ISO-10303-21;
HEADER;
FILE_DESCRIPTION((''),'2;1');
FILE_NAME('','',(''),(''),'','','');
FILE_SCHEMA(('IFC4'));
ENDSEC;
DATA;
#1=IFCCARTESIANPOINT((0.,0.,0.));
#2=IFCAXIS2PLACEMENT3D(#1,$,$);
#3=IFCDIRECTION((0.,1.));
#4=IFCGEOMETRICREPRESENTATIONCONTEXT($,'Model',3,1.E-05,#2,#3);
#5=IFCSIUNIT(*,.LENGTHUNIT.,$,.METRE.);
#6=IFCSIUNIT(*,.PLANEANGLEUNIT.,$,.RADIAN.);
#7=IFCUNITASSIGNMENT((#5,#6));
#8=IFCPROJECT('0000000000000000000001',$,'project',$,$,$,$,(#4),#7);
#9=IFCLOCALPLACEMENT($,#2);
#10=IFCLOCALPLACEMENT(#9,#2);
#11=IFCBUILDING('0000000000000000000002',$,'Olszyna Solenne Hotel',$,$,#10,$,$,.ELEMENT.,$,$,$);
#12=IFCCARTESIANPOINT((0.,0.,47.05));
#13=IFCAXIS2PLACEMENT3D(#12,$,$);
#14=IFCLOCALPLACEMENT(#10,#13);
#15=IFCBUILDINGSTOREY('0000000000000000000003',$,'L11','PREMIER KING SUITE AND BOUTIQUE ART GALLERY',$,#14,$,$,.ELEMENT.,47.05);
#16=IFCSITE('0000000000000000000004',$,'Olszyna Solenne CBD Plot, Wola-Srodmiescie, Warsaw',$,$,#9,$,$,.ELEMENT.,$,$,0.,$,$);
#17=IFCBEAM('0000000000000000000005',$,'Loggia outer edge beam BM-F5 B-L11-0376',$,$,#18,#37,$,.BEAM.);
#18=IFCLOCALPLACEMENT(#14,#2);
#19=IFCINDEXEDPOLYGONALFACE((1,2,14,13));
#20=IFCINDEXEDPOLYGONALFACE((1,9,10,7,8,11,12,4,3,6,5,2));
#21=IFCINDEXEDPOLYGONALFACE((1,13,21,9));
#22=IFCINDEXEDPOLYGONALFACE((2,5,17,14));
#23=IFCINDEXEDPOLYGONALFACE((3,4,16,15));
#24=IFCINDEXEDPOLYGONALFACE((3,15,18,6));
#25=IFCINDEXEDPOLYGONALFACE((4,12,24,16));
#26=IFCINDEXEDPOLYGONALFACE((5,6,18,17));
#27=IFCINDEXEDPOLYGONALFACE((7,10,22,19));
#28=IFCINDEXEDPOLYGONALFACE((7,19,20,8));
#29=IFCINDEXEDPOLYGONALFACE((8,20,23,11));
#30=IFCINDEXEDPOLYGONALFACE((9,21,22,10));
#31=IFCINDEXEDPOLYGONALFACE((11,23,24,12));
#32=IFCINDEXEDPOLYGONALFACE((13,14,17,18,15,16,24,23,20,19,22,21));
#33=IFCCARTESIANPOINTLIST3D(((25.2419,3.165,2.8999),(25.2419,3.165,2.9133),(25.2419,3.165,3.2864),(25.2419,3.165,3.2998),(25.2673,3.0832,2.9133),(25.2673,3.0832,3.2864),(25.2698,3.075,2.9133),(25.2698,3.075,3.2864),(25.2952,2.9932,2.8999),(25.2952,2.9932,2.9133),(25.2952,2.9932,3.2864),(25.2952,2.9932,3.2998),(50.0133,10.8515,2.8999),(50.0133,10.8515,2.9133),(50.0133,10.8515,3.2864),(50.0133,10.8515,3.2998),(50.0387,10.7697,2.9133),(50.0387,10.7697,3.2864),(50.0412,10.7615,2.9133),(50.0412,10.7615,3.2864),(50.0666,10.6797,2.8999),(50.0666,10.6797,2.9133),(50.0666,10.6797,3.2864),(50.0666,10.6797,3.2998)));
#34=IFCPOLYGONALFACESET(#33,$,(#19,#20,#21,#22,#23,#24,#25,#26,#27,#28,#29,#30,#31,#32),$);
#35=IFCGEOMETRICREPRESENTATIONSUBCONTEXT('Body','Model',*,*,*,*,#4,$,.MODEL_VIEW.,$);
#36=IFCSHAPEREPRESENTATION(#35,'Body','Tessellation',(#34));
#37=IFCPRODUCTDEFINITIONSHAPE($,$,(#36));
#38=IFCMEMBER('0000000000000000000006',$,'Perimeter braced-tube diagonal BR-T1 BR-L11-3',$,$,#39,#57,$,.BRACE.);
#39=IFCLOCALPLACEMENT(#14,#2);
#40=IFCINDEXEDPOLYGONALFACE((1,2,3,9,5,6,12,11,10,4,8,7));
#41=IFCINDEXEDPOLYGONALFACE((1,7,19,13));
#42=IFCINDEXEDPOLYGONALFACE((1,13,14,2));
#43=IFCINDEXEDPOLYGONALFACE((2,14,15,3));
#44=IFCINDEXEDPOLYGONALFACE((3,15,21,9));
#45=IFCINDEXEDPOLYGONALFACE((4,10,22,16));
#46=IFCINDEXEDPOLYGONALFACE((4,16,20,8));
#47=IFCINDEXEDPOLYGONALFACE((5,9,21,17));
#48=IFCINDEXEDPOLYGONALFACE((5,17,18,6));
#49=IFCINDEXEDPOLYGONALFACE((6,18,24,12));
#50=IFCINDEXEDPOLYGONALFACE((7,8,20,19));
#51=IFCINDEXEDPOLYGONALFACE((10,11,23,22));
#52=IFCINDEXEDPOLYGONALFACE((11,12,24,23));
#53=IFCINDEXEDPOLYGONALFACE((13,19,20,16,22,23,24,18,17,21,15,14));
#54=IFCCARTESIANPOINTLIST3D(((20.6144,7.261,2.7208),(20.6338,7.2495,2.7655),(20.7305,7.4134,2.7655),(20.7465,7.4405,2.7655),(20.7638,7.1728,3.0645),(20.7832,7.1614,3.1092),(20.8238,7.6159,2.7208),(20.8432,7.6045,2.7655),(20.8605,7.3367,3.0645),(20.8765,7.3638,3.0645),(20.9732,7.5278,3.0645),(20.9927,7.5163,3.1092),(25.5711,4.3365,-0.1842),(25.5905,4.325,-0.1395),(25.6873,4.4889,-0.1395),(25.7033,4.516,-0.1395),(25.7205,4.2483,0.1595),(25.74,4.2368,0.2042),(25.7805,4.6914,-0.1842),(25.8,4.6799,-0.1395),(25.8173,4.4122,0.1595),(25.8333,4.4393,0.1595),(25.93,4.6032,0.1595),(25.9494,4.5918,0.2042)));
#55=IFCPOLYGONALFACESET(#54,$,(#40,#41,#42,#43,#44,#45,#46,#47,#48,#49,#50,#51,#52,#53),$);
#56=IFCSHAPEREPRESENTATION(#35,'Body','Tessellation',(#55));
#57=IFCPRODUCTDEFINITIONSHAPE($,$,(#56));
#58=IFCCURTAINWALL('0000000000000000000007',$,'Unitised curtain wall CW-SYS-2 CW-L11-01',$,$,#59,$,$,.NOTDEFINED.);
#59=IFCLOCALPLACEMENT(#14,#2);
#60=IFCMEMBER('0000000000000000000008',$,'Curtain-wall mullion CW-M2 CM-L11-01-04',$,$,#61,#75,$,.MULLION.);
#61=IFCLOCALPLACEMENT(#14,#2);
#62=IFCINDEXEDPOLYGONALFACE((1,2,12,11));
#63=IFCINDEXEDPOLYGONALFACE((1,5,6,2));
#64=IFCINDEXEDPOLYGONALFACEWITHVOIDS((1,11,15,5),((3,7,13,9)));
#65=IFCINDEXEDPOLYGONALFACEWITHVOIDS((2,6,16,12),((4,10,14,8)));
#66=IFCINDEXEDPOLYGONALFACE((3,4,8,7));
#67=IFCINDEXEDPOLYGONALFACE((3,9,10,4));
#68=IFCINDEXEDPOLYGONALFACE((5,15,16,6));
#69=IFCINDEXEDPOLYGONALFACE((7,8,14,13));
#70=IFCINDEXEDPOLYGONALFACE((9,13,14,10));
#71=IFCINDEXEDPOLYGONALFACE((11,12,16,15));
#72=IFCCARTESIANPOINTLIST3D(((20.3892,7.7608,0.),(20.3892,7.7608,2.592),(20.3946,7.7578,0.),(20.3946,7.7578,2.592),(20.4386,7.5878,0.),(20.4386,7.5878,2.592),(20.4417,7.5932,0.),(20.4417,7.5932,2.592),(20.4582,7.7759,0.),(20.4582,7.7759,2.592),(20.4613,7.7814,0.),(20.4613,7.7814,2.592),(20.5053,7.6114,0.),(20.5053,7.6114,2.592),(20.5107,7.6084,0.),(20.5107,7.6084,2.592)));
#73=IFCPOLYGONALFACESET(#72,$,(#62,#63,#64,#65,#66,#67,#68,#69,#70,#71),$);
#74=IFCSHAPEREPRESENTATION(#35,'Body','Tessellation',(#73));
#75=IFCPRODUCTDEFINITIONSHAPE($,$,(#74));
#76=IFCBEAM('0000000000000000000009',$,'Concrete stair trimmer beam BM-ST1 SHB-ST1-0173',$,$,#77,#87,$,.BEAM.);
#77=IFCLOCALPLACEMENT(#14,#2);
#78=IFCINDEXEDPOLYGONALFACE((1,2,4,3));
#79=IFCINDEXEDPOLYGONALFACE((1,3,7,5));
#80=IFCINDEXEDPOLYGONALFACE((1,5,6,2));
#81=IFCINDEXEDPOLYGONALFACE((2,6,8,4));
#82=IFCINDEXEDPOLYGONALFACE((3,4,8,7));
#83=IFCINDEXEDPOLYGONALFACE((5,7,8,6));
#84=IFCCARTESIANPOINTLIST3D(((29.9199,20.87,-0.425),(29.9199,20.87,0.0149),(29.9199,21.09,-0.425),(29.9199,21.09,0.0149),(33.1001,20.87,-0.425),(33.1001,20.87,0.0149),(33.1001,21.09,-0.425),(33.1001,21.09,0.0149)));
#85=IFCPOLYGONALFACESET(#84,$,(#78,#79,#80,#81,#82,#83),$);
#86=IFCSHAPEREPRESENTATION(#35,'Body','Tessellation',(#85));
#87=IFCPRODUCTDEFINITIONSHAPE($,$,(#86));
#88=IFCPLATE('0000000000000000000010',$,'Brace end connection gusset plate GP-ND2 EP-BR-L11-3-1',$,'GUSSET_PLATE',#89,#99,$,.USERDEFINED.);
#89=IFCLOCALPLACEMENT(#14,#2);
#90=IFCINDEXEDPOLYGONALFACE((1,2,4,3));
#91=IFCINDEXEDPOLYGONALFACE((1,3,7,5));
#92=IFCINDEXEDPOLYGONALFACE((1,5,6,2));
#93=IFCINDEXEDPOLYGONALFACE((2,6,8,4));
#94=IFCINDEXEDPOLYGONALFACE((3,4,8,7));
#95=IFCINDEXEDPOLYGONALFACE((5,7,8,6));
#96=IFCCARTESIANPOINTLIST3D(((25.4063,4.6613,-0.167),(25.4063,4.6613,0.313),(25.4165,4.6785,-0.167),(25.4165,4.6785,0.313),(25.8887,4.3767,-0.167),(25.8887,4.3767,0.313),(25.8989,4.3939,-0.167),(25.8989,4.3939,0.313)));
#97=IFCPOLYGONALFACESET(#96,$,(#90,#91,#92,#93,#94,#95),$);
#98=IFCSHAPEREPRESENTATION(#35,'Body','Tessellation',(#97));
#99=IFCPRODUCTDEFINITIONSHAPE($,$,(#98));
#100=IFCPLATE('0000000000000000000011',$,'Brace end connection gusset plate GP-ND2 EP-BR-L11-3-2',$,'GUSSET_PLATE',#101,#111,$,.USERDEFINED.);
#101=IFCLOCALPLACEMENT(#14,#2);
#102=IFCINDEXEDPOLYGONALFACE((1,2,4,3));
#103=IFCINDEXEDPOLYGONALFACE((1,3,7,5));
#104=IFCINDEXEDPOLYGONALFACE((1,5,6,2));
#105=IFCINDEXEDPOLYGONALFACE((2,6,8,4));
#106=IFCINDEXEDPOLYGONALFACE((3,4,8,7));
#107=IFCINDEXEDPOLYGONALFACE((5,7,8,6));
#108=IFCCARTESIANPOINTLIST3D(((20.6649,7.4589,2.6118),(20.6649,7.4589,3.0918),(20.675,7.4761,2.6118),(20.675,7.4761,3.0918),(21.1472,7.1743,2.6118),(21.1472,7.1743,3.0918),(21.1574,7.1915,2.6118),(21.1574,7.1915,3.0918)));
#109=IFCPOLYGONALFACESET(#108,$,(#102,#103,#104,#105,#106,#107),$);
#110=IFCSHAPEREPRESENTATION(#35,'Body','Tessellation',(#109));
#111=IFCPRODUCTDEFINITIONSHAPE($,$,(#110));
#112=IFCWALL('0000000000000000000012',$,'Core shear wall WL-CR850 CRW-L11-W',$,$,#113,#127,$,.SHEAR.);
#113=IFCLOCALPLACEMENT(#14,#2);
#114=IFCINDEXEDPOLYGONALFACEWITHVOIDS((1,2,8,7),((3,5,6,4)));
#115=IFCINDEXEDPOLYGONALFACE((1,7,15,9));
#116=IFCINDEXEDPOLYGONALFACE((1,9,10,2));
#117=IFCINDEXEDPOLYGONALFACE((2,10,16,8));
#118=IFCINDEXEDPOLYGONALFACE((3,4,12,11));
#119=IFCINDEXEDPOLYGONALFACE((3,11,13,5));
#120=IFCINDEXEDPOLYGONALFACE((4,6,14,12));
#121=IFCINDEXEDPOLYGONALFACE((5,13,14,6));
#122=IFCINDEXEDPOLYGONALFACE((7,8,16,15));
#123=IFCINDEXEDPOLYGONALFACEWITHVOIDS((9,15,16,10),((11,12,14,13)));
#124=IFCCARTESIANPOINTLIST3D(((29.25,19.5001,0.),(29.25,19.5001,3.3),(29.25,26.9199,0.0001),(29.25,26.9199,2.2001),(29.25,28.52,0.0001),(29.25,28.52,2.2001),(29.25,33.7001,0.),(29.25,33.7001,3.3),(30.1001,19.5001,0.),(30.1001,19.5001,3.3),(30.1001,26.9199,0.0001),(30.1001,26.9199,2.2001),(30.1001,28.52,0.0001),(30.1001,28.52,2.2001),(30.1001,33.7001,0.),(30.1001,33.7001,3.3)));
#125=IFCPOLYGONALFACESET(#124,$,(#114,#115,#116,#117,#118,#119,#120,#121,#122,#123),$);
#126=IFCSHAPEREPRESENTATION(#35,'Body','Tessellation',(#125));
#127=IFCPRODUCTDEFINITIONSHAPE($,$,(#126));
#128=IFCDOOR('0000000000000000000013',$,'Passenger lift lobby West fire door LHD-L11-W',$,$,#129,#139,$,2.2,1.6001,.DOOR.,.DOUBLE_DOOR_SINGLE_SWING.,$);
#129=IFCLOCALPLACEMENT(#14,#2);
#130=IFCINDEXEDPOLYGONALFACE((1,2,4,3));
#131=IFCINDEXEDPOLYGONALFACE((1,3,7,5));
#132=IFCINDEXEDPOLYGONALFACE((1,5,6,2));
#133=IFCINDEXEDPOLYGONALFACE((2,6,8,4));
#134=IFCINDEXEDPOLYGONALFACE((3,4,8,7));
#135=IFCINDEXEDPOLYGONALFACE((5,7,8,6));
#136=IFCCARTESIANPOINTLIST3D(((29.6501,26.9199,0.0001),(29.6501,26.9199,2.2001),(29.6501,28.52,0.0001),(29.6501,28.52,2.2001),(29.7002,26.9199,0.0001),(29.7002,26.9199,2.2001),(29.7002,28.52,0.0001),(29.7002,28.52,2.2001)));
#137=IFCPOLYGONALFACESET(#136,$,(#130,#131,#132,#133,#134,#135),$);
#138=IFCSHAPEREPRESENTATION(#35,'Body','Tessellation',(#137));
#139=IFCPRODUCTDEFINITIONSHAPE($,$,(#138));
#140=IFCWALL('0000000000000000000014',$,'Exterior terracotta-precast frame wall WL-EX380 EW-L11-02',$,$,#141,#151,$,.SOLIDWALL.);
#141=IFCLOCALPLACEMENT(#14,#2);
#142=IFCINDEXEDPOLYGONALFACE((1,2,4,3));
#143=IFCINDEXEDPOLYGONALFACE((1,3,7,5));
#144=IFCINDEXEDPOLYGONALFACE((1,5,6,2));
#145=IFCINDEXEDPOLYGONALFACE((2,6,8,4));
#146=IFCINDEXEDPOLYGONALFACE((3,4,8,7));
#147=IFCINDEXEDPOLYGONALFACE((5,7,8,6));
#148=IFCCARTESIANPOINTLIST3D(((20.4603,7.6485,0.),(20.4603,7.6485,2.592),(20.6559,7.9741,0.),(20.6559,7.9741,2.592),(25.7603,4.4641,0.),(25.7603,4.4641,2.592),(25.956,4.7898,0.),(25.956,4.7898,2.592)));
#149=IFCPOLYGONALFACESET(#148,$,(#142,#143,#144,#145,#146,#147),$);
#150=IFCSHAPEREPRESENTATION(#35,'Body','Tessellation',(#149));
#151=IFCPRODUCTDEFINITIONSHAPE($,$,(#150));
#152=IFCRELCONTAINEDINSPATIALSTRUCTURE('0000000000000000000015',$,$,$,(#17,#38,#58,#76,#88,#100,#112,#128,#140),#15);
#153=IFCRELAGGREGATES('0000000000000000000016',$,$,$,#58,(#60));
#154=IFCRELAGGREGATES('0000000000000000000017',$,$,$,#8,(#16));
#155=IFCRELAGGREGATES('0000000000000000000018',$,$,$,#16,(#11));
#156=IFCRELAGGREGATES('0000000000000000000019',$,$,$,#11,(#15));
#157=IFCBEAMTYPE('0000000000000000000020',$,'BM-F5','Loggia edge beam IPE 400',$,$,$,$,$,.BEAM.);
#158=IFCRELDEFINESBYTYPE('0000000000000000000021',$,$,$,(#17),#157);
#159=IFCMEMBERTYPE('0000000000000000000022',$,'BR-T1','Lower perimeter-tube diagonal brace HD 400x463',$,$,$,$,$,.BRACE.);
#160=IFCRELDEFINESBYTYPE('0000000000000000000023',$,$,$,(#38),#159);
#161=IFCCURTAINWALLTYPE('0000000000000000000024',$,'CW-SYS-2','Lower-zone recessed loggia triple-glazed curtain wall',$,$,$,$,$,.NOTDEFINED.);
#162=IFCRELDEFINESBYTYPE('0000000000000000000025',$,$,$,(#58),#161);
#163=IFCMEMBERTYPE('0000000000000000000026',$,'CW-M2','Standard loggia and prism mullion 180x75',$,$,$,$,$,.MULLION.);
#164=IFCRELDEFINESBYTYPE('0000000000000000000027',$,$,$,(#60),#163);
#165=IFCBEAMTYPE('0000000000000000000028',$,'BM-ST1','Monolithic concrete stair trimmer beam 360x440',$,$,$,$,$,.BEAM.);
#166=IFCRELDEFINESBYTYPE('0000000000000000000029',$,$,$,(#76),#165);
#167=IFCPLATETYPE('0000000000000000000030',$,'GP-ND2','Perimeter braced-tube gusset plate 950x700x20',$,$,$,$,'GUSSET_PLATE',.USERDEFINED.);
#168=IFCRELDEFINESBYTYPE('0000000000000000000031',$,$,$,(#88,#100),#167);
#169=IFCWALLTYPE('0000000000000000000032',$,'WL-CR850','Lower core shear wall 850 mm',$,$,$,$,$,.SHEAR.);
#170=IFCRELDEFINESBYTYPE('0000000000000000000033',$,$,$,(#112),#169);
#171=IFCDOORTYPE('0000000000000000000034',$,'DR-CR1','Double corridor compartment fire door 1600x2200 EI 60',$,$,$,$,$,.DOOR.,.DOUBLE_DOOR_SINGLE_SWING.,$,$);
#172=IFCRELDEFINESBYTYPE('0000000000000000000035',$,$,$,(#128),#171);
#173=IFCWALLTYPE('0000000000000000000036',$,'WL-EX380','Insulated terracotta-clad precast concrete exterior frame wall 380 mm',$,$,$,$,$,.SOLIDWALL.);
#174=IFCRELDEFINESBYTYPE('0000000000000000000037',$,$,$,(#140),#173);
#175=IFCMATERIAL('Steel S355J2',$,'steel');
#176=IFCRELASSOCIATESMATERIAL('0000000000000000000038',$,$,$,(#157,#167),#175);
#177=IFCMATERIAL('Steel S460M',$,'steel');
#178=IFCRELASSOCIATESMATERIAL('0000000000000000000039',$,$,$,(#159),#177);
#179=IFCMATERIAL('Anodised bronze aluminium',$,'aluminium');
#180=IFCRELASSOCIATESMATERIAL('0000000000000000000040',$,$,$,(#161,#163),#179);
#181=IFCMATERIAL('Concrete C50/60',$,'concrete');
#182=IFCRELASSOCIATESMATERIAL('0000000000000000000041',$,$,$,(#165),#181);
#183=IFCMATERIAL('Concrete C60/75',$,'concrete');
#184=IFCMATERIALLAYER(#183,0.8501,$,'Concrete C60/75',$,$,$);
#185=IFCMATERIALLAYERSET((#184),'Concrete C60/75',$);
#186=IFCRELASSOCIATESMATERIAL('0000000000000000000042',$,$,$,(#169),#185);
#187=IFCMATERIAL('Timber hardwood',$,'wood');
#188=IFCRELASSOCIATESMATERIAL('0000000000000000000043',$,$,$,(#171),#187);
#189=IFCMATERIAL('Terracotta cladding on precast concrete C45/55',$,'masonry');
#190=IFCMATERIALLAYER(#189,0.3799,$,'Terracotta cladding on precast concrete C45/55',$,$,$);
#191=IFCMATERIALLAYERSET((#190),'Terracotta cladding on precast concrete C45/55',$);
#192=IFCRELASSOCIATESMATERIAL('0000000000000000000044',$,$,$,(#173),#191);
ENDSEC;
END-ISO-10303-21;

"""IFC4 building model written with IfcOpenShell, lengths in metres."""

from ifc_helpers import new_model, si_unit, direction, frame, frame_2d, origin, origin_2d, place, context, subcontext, project, spatial, rectangle, hollow_rectangle, i_section, extrude, source, transform, mapped, material, layer, layer_set, material_profile, profile_set, type_object, type_shapes, element, fill, aggregate, save


model = new_model("IFC4")

# Units and contexts
model_context = context("Model", 3, precision=1e-05, world=origin(), true_north=direction((0.0, 1.0)))
body_context = subcontext(model_context, "Body", "Model", "MODEL_VIEW")
ifc_project = project(units=[si_unit("LENGTHUNIT", "METRE"), si_unit("PLANEANGLEUNIT", "RADIAN")], contexts=[model_context])

# Site, building, storey
site_placement = place(None, origin())
site = spatial("IfcSite", under=ifc_project, at=site_placement, Name="Olszyna Solenne CBD Plot, Wola-Srodmiescie, Warsaw", CompositionType="ELEMENT", RefElevation=0.0)
building_placement = place(site_placement, origin())
building = spatial("IfcBuilding", under=site, at=building_placement, Name="Olszyna Solenne Hotel", CompositionType="ELEMENT")
storey_placement = place(building_placement, frame((0.0, 0.0, 47.05)))
storey = spatial("IfcBuildingStorey", under=building, at=storey_placement, Name="L11", Description="PREMIER KING SUITE AND BOUTIQUE ART GALLERY", CompositionType="ELEMENT", Elevation=47.05)

# Shared definitions
ifc_material_1 = material(Name="Steel S460M", Category="steel")

# Beam
ifc_material_2 = material(Name="Steel S355J2", Category="steel")
ifc_material_profile_1 = material_profile(ifc_material_2, i_section(OverallWidth=0.1799, OverallDepth=0.3999, WebThickness=0.0085, FlangeThickness=0.0134, at=origin_2d()), Name="IPE 400", Category="load-bearing")
ifc_profile_set_1 = profile_set([ifc_material_profile_1], Name="Steel S355J2")
beam_type_1 = type_object("IfcBeamType", Name="BM-F5", Description="Loggia edge beam IPE 400", PredefinedType="BEAM", material=ifc_profile_set_1)
shared_shape_1 = source(origin(), body_context, "Body", "SweptSolid", [
    extrude(i_section(OverallWidth=0.1799, OverallDepth=0.3999, WebThickness=0.0085, FlangeThickness=0.0134, at=origin_2d()), origin(), (0.0, 0.0, 1.0), 25.9365),
])
beam_1_placement = place(storey_placement, frame((25.2686, 3.0791, 3.0999), z_axis=(0.955077, 0.296358, 0.0), x_axis=(-0.296358, 0.955077, 0.0)))
element("IfcBeam", 1, at=beam_1_placement, inside=storey, type_object=beam_type_1, Name="Loggia outer edge beam BM-F5 B-L11-0376", PredefinedType="BEAM", context=body_context, shape_type="MappedRepresentation", body=[
    mapped(shared_shape_1, transform((0.0, 0.0, 0.0), x_axis=(1.0, 0.0, 0.0), y_axis=(0.0, 1.0, 0.0), z_axis=(0.0, 0.0, 1.0), scale=1.0)),
])

# Member
ifc_material_profile_2 = material_profile(ifc_material_1, i_section(OverallWidth=0.4121, OverallDepth=0.4351, WebThickness=0.0315, FlangeThickness=0.05, at=origin_2d()), Name="HD 400x463", Category="load-bearing")
ifc_profile_set_2 = profile_set([ifc_material_profile_2], Name="Steel S460M")
member_type_1 = type_object("IfcMemberType", Name="BR-T1", Description="Lower perimeter-tube diagonal brace HD 400x463", PredefinedType="BRACE", material=ifc_profile_set_2)
shared_shape_2 = source(origin(), body_context, "Body", "SweptSolid", [
    extrude(i_section(OverallWidth=0.4121, OverallDepth=0.4351, WebThickness=0.0315, FlangeThickness=0.05, at=origin_2d()), origin(), (0.0, 0.0, 1.0), 6.4468),
])
member_1_placement = place(storey_placement, frame((25.7603, 4.4641, 0.01), z_axis=(-0.768869, 0.453641, 0.450612), x_axis=(-0.508156, -0.861265, 0.0)))
element("IfcMember", 2, at=member_1_placement, inside=storey, type_object=member_type_1, Name="Perimeter braced-tube diagonal BR-T1 BR-L11-3", PredefinedType="BRACE", context=body_context, shape_type="MappedRepresentation", body=[
    mapped(shared_shape_2, transform((0.0, 0.0, 0.0), x_axis=(1.0, 0.0, 0.0), y_axis=(0.0, 1.0, 0.0), z_axis=(0.0, 0.0, 1.0), scale=1.0)),
])

# Curtain wall, member
ifc_material_3 = material(Name="Anodised bronze aluminium", Category="aluminium")
curtain_wall_type = type_object("IfcCurtainWallType", Name="CW-SYS-2", Description="Lower-zone recessed loggia triple-glazed curtain wall", PredefinedType="NOTDEFINED", material=ifc_material_3)
curtain_wall_placement = place(storey_placement, origin())
curtain_wall = element("IfcCurtainWall", 3, at=curtain_wall_placement, inside=storey, type_object=curtain_wall_type, Name="Unitised curtain wall CW-SYS-2 CW-L11-01", PredefinedType="NOTDEFINED")
ifc_material_profile_3 = material_profile(ifc_material_3, hollow_rectangle(XDim=0.075, YDim=0.1799, WallThickness=0.0044, at=origin_2d()), Name="MULL 180x75x4.5", Category="load-bearing")
ifc_profile_set_3 = profile_set([ifc_material_profile_3], Name="Anodised bronze aluminium")
member_type_2 = type_object("IfcMemberType", Name="CW-M2", Description="Standard loggia and prism mullion 180x75", PredefinedType="MULLION", material=ifc_profile_set_3)
shared_shape_3 = source(origin(), body_context, "Body", "SweptSolid", [
    extrude(hollow_rectangle(XDim=0.075, YDim=0.1799, WallThickness=0.0044, at=origin_2d()), origin(), (0.0, 0.0, 1.0), 2.592),
])
member_2_placement = place(storey_placement, frame((20.45, 7.6846, 0.0), z_axis=(0.0, 0.0, 1.0), x_axis=(0.961508, 0.274775, 0.0)))
member_2 = element("IfcMember", 4, at=member_2_placement, type_object=member_type_2, Name="Curtain-wall mullion CW-M2 CM-L11-01-04", PredefinedType="MULLION", context=body_context, shape_type="MappedRepresentation", body=[
    mapped(shared_shape_3, transform((0.0, 0.0, 0.0), x_axis=(1.0, 0.0, 0.0), y_axis=(0.0, 1.0, 0.0), z_axis=(0.0, 0.0, 1.0), scale=1.0)),
])
aggregate(curtain_wall, [member_2])

# Beam
ifc_material_4 = material(Name="Concrete C50/60", Category="concrete")
ifc_material_profile_4 = material_profile(ifc_material_4, rectangle(XDim=0.22, YDim=0.4399, at=origin_2d()), Name="RC 220x440", Category="load-bearing")
ifc_profile_set_4 = profile_set([ifc_material_profile_4], Name="Concrete C50/60")
beam_type_2 = type_object("IfcBeamType", Name="BM-ST1", Description="Monolithic concrete stair trimmer beam 360x440", PredefinedType="BEAM", material=ifc_profile_set_4)
shared_shape_4 = source(origin(), body_context, "Body", "SweptSolid", [
    extrude(rectangle(XDim=0.22, YDim=0.4399, at=origin_2d()), origin(), (0.0, 0.0, 1.0), 3.1802),
])
beam_2_placement = place(storey_placement, frame((33.1001, 20.98, -0.2051), z_axis=(-1.0, 0.0, 0.0), x_axis=(0.0, -1.0, 0.0)))
element("IfcBeam", 5, at=beam_2_placement, inside=storey, type_object=beam_type_2, Name="Concrete stair trimmer beam BM-ST1 SHB-ST1-0173", PredefinedType="BEAM", context=body_context, shape_type="MappedRepresentation", body=[
    mapped(shared_shape_4, transform((0.0, 0.0, 0.0), x_axis=(1.0, 0.0, 0.0), y_axis=(0.0, 1.0, 0.0), z_axis=(0.0, 0.0, 1.0), scale=1.0)),
])

# Plates
plate_type = type_object("IfcPlateType", Name="GP-ND2", Description="Perimeter braced-tube gusset plate 950x700x20", ElementType="GUSSET_PLATE", PredefinedType="USERDEFINED", material=ifc_material_2)
shared_shape_5 = source(origin(), body_context, "Body", "SweptSolid", [
    extrude(rectangle(XDim=0.5601, YDim=0.02, at=origin_2d()), origin(), (0.0, 0.0, 1.0), 0.48),
])
for number, where, z_axis, x_axis, name in (
    (6, (25.6526, 4.5276, -0.167), (0.0, 0.0, 1.0), (-0.861275, 0.50814, 0.0), "Brace end connection gusset plate GP-ND2 EP-BR-L11-3-1"),
    (7, (20.9111, 7.3252, 2.6118), (0.0, 0.0, 1.0), (-0.861275, 0.50814, 0.0), "Brace end connection gusset plate GP-ND2 EP-BR-L11-3-2"),
):
    element("IfcPlate", number, at=place(storey_placement, frame(where, z_axis=z_axis, x_axis=x_axis)), inside=storey, type_object=plate_type, Name=name, ObjectType="GUSSET_PLATE", PredefinedType="USERDEFINED", context=body_context, shape_type="MappedRepresentation", body=[
        mapped(shared_shape_5, transform((0.0, 0.0, 0.0), x_axis=(1.0, 0.0, 0.0), y_axis=(0.0, 1.0, 0.0), z_axis=(0.0, 0.0, 1.0), scale=1.0)),
    ])

# Wall, opening, door
ifc_material_5 = material(Name="Concrete C60/75", Category="concrete")
ifc_layer_1 = layer(ifc_material_5, 0.8501, Name="Concrete C60/75")
ifc_layer_set_1 = layer_set([ifc_layer_1], Name="Concrete C60/75")
wall_type_1 = type_object("IfcWallType", Name="WL-CR850", Description="Lower core shear wall 850 mm", PredefinedType="SHEAR", material=ifc_layer_set_1)
wall_1_placement = place(storey_placement, frame((29.675, 19.5, 0.0), z_axis=(0.0, 0.0, 1.0), x_axis=(0.0, 1.0, 0.0)))
wall_1 = element("IfcWall", 8, at=wall_1_placement, inside=storey, type_object=wall_type_1, Name="Core shear wall WL-CR850 CRW-L11-W", PredefinedType="SHEAR", context=body_context, shape_type="SweptSolid", body=[
    extrude(rectangle(XDim=14.2, YDim=0.8501, at=frame_2d((7.1001, 0.0))), origin(), (0.0, 0.0, 1.0), 3.3),
])
opening_1_placement = place(wall_1_placement, frame((7.4199, 0.0, 0.0)))
opening_1 = element("IfcOpeningElement", 9, at=opening_1_placement, cuts=wall_1, PredefinedType="OPENING", context=body_context, shape_type="SweptSolid", body=[
    extrude(rectangle(XDim=1.6001, YDim=2.2, at=frame_2d((0.8, 1.1001))), frame((0.0, 0.4351, 0.0), z_axis=(0.0, -1.0, 0.0), x_axis=(1.0, 0.0, 0.0)), (0.0, 0.0, 1.0), 0.8701),
])
ifc_material_6 = material(Name="Timber hardwood", Category="wood")
door_type_1 = type_object("IfcDoorType", Name="DR-CR1", Description="Double corridor compartment fire door 1600x2200 EI 60", OperationType="DOUBLE_DOOR_SINGLE_SWING", PredefinedType="DOOR", material=ifc_material_6)
shared_shape_6 = source(origin(), body_context, "Body", "SweptSolid", [
    extrude(rectangle(XDim=1.6001, YDim=2.2, at=frame_2d((0.8, 1.1001))), frame((0.0, 0.0249, 0.0), z_axis=(0.0, -1.0, 0.0), x_axis=(1.0, 0.0, 0.0)), (0.0, 0.0, 1.0), 0.05),
])
type_shapes(door_type_1, [shared_shape_6])
door_1_placement = place(opening_1_placement, origin())
door_1 = element("IfcDoor", 10, at=door_1_placement, inside=storey, type_object=door_type_1, Name="Passenger lift lobby West fire door LHD-L11-W", OperationType="DOUBLE_DOOR_SINGLE_SWING", OverallHeight=2.2, OverallWidth=1.6001, PredefinedType="DOOR", context=body_context, shape_type="MappedRepresentation", body=[
    mapped(shared_shape_6, transform((0.0, 0.0, 0.0), x_axis=(1.0, 0.0, 0.0), y_axis=(0.0, 1.0, 0.0), z_axis=(0.0, 0.0, 1.0), scale=1.0)),
])
fill(opening_1, door_1)

# Wall
ifc_material_7 = material(Name="Terracotta cladding on precast concrete C45/55", Category="masonry")
ifc_layer_2 = layer(ifc_material_7, 0.3799, Name="Terracotta cladding on precast concrete C45/55")
ifc_layer_set_2 = layer_set([ifc_layer_2], Name="Terracotta cladding on precast concrete C45/55")
wall_type_2 = type_object("IfcWallType", Name="WL-EX380", Description="Insulated terracotta-clad precast concrete exterior frame wall 380 mm", PredefinedType="SOLIDWALL", material=ifc_layer_set_2)
wall_2_placement = place(storey_placement, frame((25.8582, 4.627, 0.0), z_axis=(0.0, 0.0, 1.0), x_axis=(-0.857186, 0.515007, 0.0)))
element("IfcWall", 11, at=wall_2_placement, inside=storey, type_object=wall_type_2, Name="Exterior terracotta-precast frame wall WL-EX380 EW-L11-02", PredefinedType="SOLIDWALL", context=body_context, shape_type="SweptSolid", body=[
    extrude(rectangle(XDim=6.1831, YDim=0.3799, at=frame_2d((3.0916, 0.0))), origin(), (0.0, 0.0, 1.0), 2.592),
])

save(model, "model.ifc")
